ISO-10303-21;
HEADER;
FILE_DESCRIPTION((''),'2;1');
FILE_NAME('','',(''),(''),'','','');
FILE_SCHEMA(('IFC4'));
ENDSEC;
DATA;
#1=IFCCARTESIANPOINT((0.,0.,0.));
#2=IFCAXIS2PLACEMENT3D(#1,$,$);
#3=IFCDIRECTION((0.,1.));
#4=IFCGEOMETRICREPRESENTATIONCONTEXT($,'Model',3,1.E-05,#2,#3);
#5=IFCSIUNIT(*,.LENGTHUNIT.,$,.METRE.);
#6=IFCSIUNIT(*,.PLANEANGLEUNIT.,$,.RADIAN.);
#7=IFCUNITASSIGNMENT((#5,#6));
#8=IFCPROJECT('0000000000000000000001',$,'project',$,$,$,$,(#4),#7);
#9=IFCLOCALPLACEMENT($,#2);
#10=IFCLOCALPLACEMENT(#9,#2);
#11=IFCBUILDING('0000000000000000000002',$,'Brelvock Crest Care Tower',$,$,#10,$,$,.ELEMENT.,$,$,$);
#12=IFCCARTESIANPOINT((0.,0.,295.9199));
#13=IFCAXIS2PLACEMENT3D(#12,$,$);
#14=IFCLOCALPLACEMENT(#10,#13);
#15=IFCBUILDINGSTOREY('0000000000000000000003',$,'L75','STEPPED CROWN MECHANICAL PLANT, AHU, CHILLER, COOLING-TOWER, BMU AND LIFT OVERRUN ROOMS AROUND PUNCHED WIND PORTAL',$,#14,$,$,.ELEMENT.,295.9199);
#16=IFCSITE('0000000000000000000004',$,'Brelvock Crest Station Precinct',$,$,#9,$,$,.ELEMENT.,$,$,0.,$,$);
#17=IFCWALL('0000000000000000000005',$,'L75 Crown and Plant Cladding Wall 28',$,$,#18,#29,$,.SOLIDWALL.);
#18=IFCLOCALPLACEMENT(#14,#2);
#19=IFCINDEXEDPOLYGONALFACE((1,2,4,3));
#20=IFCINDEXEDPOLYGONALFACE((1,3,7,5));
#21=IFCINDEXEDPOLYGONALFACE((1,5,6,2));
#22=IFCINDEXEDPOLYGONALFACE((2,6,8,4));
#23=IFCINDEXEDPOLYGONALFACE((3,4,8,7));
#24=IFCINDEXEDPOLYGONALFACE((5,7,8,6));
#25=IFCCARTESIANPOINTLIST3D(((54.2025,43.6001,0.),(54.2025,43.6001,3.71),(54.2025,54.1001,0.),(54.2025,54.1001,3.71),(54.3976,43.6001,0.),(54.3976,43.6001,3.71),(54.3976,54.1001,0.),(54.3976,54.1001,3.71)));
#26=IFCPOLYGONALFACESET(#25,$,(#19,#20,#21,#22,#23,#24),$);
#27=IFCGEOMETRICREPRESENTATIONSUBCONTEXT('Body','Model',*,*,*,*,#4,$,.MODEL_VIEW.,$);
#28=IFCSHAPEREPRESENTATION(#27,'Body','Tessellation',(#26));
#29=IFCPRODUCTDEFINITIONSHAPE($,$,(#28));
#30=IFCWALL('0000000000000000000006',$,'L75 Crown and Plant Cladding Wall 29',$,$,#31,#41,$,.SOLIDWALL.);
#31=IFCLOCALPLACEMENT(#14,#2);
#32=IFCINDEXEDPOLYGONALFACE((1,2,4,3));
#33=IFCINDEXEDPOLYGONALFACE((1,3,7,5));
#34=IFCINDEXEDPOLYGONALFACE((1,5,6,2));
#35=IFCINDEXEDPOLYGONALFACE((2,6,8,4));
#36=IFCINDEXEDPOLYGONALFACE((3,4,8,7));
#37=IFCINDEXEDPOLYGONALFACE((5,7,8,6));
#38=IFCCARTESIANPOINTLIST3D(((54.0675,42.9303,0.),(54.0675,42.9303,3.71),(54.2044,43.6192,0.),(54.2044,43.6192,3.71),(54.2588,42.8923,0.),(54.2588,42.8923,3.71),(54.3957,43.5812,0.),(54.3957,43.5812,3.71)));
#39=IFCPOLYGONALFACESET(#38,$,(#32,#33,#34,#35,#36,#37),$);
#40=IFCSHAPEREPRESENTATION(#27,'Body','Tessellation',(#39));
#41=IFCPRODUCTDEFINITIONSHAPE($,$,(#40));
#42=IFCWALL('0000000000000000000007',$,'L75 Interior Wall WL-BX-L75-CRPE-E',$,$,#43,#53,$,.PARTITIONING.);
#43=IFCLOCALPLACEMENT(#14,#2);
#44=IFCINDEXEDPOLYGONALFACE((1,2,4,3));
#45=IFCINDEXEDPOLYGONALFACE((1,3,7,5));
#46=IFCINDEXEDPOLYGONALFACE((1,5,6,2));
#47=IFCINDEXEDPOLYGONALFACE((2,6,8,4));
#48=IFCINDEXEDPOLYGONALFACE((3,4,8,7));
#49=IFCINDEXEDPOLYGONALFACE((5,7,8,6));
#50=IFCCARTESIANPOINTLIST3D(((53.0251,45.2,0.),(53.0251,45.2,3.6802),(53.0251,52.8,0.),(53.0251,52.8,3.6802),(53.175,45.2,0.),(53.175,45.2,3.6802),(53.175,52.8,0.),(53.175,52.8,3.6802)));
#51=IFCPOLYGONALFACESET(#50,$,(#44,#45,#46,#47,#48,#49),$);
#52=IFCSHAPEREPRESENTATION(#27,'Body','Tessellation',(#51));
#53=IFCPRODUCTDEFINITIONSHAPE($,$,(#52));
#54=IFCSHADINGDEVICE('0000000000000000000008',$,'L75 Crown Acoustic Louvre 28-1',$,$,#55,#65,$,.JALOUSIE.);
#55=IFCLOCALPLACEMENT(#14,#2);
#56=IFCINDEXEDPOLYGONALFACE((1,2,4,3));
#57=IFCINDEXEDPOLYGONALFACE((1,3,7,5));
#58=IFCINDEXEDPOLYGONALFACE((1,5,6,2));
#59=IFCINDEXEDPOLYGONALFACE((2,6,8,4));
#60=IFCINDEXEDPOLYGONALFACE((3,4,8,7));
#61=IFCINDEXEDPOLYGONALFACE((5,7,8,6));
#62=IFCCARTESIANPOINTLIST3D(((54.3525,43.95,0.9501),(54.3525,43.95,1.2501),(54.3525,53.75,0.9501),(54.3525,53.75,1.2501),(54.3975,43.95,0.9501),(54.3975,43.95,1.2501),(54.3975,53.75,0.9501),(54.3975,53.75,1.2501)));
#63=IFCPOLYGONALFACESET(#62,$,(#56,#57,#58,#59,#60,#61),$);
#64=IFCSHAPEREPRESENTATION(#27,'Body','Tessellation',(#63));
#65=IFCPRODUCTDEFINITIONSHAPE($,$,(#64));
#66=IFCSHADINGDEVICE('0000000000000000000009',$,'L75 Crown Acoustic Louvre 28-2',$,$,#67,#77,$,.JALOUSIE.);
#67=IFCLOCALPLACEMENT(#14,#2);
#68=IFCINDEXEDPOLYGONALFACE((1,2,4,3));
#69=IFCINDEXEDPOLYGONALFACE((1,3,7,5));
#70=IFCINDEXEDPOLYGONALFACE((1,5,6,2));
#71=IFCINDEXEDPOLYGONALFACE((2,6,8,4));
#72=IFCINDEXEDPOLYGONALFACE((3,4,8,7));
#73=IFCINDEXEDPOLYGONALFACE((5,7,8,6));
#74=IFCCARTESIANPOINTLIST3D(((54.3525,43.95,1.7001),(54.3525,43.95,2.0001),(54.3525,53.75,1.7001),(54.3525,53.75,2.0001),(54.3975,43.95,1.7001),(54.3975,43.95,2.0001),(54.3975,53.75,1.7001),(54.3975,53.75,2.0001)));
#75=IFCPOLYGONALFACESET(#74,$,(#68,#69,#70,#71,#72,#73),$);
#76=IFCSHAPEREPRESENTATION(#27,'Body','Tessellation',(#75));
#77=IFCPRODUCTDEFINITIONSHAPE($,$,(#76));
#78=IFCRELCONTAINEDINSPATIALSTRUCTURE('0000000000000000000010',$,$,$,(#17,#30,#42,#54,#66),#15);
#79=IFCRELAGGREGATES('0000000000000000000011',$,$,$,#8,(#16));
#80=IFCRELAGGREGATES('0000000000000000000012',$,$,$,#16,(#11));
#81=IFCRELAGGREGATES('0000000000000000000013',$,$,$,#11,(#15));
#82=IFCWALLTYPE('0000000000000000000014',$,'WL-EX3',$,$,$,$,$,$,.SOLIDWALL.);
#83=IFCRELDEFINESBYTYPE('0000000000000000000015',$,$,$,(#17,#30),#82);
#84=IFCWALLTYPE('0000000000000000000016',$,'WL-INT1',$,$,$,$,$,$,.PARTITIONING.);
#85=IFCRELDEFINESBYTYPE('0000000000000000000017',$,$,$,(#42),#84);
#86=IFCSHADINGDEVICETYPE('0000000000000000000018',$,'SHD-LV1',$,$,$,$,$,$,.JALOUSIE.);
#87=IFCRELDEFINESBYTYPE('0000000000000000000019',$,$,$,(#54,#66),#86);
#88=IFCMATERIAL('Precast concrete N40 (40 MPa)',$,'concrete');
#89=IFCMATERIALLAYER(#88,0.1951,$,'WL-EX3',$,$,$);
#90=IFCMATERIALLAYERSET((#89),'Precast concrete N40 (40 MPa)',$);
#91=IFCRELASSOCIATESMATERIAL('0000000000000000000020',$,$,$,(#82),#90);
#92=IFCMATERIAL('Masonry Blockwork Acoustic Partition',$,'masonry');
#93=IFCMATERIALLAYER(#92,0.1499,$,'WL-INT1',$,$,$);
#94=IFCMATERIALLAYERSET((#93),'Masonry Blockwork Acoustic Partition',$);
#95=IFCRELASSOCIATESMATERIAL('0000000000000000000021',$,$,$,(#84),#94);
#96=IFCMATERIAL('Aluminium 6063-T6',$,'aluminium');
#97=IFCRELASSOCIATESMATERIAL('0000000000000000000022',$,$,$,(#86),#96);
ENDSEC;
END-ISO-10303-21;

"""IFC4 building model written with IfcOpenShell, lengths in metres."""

from ifc_helpers import new_model, si_unit, direction, frame, frame_2d, origin, origin_2d, place, context, subcontext, project, spatial, rectangle, extrude, source, transform, mapped, material, layer, layer_set, material_profile, profile_set, type_object, element, save


model = new_model("IFC4")

# Units and contexts
model_context = context("Model", 3, precision=1e-05, world=origin(), true_north=direction((0.0, 1.0)))
body_context = subcontext(model_context, "Body", "Model", "MODEL_VIEW")
ifc_project = project(units=[si_unit("LENGTHUNIT", "METRE"), si_unit("PLANEANGLEUNIT", "RADIAN")], contexts=[model_context])

# Site, building, storey
site_placement = place(None, origin())
site = spatial("IfcSite", under=ifc_project, at=site_placement, Name="Brelvock Crest Station Precinct", CompositionType="ELEMENT", RefElevation=0.0)
building_placement = place(site_placement, origin())
building = spatial("IfcBuilding", under=site, at=building_placement, Name="Brelvock Crest Care Tower", CompositionType="ELEMENT")
storey_placement = place(building_placement, frame((0.0, 0.0, 295.9199)))
storey = spatial("IfcBuildingStorey", under=building, at=storey_placement, Name="L75", Description="STEPPED CROWN MECHANICAL PLANT, AHU, CHILLER, COOLING-TOWER, BMU AND LIFT OVERRUN ROOMS AROUND PUNCHED WIND PORTAL", CompositionType="ELEMENT", Elevation=295.9199)

# Walls
ifc_material_1 = material(Name="Precast concrete N40 (40 MPa)", Category="concrete")
ifc_layer_1 = layer(ifc_material_1, 0.1951, Name="WL-EX3")
ifc_layer_set_1 = layer_set([ifc_layer_1], Name="Precast concrete N40 (40 MPa)")
wall_type_1 = type_object("IfcWallType", Name="WL-EX3", PredefinedType="SOLIDWALL", material=ifc_layer_set_1)
wall_1_placement = place(storey_placement, frame((54.3, 54.1001, 0.0), z_axis=(0.0, 0.0, 1.0), x_axis=(0.0, -1.0, 0.0)))
element("IfcWall", 1, at=wall_1_placement, inside=storey, type_object=wall_type_1, Name="L75 Crown and Plant Cladding Wall 28", PredefinedType="SOLIDWALL", context=body_context, shape_type="SweptSolid", body=[
    extrude(rectangle(XDim=10.5, YDim=0.1951, at=frame_2d((5.25, 0.0))), origin(), (0.0, 0.0, 1.0), 3.71),
])
wall_2_placement = place(storey_placement, frame((54.3, 43.6001, 0.0), z_axis=(0.0, 0.0, 1.0), x_axis=(-0.19498, -0.980807, 0.0)))
element("IfcWall", 2, at=wall_2_placement, inside=storey, type_object=wall_type_1, Name="L75 Crown and Plant Cladding Wall 29", PredefinedType="SOLIDWALL", context=body_context, shape_type="SweptSolid", body=[
    extrude(rectangle(XDim=0.7024, YDim=0.1951, at=frame_2d((0.3511, 0.0))), origin(), (0.0, 0.0, 1.0), 3.71),
])
ifc_material_2 = material(Name="Masonry Blockwork Acoustic Partition", Category="masonry")
ifc_layer_2 = layer(ifc_material_2, 0.1499, Name="WL-INT1")
ifc_layer_set_2 = layer_set([ifc_layer_2], Name="Masonry Blockwork Acoustic Partition")
wall_type_2 = type_object("IfcWallType", Name="WL-INT1", PredefinedType="PARTITIONING", material=ifc_layer_set_2)
wall_3_placement = place(storey_placement, frame((53.1001, 45.2, 0.0), z_axis=(0.0, 0.0, 1.0), x_axis=(0.0, 1.0, 0.0)))
element("IfcWall", 3, at=wall_3_placement, inside=storey, type_object=wall_type_2, Name="L75 Interior Wall WL-BX-L75-CRPE-E", PredefinedType="PARTITIONING", context=body_context, shape_type="SweptSolid", body=[
    extrude(rectangle(XDim=7.6001, YDim=0.1499, at=frame_2d((3.8, 0.0))), origin(), (0.0, 0.0, 1.0), 3.6802),
])

# Shading devices
ifc_material_3 = material(Name="Aluminium 6063-T6", Category="aluminium")
ifc_material_profile_1 = material_profile(ifc_material_3, rectangle(XDim=0.0449, YDim=0.3, at=origin_2d()), Name="LOUVRE45x300")
ifc_profile_set_1 = profile_set([ifc_material_profile_1], Name="Aluminium 6063-T6")
shading_device_type = type_object("IfcShadingDeviceType", Name="SHD-LV1", PredefinedType="JALOUSIE", material=ifc_profile_set_1)
shared_shape_1 = source(origin(), body_context, "Body", "SweptSolid", [
    extrude(rectangle(XDim=0.0449, YDim=0.3, at=origin_2d()), origin(), (0.0, 0.0, 1.0), 9.8),
])
for number, where, z_axis, x_axis, name in (
    (4, (54.375, 53.75, 1.1001), (0.0, -1.0, 0.0), (1.0, 0.0, 0.0), "L75 Crown Acoustic Louvre 28-1"),
    (5, (54.375, 53.75, 1.8501), (0.0, -1.0, 0.0), (1.0, 0.0, 0.0), "L75 Crown Acoustic Louvre 28-2"),
):
    element("IfcShadingDevice", number, at=place(storey_placement, frame(where, z_axis=z_axis, x_axis=x_axis)), inside=storey, type_object=shading_device_type, Name=name, PredefinedType="JALOUSIE", context=body_context, shape_type="MappedRepresentation", body=[
        mapped(shared_shape_1, transform((0.0, 0.0, 0.0), x_axis=(1.0, 0.0, 0.0), y_axis=(0.0, 1.0, 0.0), z_axis=(0.0, 0.0, 1.0), scale=1.0)),
    ])

save(model, "model.ifc")
